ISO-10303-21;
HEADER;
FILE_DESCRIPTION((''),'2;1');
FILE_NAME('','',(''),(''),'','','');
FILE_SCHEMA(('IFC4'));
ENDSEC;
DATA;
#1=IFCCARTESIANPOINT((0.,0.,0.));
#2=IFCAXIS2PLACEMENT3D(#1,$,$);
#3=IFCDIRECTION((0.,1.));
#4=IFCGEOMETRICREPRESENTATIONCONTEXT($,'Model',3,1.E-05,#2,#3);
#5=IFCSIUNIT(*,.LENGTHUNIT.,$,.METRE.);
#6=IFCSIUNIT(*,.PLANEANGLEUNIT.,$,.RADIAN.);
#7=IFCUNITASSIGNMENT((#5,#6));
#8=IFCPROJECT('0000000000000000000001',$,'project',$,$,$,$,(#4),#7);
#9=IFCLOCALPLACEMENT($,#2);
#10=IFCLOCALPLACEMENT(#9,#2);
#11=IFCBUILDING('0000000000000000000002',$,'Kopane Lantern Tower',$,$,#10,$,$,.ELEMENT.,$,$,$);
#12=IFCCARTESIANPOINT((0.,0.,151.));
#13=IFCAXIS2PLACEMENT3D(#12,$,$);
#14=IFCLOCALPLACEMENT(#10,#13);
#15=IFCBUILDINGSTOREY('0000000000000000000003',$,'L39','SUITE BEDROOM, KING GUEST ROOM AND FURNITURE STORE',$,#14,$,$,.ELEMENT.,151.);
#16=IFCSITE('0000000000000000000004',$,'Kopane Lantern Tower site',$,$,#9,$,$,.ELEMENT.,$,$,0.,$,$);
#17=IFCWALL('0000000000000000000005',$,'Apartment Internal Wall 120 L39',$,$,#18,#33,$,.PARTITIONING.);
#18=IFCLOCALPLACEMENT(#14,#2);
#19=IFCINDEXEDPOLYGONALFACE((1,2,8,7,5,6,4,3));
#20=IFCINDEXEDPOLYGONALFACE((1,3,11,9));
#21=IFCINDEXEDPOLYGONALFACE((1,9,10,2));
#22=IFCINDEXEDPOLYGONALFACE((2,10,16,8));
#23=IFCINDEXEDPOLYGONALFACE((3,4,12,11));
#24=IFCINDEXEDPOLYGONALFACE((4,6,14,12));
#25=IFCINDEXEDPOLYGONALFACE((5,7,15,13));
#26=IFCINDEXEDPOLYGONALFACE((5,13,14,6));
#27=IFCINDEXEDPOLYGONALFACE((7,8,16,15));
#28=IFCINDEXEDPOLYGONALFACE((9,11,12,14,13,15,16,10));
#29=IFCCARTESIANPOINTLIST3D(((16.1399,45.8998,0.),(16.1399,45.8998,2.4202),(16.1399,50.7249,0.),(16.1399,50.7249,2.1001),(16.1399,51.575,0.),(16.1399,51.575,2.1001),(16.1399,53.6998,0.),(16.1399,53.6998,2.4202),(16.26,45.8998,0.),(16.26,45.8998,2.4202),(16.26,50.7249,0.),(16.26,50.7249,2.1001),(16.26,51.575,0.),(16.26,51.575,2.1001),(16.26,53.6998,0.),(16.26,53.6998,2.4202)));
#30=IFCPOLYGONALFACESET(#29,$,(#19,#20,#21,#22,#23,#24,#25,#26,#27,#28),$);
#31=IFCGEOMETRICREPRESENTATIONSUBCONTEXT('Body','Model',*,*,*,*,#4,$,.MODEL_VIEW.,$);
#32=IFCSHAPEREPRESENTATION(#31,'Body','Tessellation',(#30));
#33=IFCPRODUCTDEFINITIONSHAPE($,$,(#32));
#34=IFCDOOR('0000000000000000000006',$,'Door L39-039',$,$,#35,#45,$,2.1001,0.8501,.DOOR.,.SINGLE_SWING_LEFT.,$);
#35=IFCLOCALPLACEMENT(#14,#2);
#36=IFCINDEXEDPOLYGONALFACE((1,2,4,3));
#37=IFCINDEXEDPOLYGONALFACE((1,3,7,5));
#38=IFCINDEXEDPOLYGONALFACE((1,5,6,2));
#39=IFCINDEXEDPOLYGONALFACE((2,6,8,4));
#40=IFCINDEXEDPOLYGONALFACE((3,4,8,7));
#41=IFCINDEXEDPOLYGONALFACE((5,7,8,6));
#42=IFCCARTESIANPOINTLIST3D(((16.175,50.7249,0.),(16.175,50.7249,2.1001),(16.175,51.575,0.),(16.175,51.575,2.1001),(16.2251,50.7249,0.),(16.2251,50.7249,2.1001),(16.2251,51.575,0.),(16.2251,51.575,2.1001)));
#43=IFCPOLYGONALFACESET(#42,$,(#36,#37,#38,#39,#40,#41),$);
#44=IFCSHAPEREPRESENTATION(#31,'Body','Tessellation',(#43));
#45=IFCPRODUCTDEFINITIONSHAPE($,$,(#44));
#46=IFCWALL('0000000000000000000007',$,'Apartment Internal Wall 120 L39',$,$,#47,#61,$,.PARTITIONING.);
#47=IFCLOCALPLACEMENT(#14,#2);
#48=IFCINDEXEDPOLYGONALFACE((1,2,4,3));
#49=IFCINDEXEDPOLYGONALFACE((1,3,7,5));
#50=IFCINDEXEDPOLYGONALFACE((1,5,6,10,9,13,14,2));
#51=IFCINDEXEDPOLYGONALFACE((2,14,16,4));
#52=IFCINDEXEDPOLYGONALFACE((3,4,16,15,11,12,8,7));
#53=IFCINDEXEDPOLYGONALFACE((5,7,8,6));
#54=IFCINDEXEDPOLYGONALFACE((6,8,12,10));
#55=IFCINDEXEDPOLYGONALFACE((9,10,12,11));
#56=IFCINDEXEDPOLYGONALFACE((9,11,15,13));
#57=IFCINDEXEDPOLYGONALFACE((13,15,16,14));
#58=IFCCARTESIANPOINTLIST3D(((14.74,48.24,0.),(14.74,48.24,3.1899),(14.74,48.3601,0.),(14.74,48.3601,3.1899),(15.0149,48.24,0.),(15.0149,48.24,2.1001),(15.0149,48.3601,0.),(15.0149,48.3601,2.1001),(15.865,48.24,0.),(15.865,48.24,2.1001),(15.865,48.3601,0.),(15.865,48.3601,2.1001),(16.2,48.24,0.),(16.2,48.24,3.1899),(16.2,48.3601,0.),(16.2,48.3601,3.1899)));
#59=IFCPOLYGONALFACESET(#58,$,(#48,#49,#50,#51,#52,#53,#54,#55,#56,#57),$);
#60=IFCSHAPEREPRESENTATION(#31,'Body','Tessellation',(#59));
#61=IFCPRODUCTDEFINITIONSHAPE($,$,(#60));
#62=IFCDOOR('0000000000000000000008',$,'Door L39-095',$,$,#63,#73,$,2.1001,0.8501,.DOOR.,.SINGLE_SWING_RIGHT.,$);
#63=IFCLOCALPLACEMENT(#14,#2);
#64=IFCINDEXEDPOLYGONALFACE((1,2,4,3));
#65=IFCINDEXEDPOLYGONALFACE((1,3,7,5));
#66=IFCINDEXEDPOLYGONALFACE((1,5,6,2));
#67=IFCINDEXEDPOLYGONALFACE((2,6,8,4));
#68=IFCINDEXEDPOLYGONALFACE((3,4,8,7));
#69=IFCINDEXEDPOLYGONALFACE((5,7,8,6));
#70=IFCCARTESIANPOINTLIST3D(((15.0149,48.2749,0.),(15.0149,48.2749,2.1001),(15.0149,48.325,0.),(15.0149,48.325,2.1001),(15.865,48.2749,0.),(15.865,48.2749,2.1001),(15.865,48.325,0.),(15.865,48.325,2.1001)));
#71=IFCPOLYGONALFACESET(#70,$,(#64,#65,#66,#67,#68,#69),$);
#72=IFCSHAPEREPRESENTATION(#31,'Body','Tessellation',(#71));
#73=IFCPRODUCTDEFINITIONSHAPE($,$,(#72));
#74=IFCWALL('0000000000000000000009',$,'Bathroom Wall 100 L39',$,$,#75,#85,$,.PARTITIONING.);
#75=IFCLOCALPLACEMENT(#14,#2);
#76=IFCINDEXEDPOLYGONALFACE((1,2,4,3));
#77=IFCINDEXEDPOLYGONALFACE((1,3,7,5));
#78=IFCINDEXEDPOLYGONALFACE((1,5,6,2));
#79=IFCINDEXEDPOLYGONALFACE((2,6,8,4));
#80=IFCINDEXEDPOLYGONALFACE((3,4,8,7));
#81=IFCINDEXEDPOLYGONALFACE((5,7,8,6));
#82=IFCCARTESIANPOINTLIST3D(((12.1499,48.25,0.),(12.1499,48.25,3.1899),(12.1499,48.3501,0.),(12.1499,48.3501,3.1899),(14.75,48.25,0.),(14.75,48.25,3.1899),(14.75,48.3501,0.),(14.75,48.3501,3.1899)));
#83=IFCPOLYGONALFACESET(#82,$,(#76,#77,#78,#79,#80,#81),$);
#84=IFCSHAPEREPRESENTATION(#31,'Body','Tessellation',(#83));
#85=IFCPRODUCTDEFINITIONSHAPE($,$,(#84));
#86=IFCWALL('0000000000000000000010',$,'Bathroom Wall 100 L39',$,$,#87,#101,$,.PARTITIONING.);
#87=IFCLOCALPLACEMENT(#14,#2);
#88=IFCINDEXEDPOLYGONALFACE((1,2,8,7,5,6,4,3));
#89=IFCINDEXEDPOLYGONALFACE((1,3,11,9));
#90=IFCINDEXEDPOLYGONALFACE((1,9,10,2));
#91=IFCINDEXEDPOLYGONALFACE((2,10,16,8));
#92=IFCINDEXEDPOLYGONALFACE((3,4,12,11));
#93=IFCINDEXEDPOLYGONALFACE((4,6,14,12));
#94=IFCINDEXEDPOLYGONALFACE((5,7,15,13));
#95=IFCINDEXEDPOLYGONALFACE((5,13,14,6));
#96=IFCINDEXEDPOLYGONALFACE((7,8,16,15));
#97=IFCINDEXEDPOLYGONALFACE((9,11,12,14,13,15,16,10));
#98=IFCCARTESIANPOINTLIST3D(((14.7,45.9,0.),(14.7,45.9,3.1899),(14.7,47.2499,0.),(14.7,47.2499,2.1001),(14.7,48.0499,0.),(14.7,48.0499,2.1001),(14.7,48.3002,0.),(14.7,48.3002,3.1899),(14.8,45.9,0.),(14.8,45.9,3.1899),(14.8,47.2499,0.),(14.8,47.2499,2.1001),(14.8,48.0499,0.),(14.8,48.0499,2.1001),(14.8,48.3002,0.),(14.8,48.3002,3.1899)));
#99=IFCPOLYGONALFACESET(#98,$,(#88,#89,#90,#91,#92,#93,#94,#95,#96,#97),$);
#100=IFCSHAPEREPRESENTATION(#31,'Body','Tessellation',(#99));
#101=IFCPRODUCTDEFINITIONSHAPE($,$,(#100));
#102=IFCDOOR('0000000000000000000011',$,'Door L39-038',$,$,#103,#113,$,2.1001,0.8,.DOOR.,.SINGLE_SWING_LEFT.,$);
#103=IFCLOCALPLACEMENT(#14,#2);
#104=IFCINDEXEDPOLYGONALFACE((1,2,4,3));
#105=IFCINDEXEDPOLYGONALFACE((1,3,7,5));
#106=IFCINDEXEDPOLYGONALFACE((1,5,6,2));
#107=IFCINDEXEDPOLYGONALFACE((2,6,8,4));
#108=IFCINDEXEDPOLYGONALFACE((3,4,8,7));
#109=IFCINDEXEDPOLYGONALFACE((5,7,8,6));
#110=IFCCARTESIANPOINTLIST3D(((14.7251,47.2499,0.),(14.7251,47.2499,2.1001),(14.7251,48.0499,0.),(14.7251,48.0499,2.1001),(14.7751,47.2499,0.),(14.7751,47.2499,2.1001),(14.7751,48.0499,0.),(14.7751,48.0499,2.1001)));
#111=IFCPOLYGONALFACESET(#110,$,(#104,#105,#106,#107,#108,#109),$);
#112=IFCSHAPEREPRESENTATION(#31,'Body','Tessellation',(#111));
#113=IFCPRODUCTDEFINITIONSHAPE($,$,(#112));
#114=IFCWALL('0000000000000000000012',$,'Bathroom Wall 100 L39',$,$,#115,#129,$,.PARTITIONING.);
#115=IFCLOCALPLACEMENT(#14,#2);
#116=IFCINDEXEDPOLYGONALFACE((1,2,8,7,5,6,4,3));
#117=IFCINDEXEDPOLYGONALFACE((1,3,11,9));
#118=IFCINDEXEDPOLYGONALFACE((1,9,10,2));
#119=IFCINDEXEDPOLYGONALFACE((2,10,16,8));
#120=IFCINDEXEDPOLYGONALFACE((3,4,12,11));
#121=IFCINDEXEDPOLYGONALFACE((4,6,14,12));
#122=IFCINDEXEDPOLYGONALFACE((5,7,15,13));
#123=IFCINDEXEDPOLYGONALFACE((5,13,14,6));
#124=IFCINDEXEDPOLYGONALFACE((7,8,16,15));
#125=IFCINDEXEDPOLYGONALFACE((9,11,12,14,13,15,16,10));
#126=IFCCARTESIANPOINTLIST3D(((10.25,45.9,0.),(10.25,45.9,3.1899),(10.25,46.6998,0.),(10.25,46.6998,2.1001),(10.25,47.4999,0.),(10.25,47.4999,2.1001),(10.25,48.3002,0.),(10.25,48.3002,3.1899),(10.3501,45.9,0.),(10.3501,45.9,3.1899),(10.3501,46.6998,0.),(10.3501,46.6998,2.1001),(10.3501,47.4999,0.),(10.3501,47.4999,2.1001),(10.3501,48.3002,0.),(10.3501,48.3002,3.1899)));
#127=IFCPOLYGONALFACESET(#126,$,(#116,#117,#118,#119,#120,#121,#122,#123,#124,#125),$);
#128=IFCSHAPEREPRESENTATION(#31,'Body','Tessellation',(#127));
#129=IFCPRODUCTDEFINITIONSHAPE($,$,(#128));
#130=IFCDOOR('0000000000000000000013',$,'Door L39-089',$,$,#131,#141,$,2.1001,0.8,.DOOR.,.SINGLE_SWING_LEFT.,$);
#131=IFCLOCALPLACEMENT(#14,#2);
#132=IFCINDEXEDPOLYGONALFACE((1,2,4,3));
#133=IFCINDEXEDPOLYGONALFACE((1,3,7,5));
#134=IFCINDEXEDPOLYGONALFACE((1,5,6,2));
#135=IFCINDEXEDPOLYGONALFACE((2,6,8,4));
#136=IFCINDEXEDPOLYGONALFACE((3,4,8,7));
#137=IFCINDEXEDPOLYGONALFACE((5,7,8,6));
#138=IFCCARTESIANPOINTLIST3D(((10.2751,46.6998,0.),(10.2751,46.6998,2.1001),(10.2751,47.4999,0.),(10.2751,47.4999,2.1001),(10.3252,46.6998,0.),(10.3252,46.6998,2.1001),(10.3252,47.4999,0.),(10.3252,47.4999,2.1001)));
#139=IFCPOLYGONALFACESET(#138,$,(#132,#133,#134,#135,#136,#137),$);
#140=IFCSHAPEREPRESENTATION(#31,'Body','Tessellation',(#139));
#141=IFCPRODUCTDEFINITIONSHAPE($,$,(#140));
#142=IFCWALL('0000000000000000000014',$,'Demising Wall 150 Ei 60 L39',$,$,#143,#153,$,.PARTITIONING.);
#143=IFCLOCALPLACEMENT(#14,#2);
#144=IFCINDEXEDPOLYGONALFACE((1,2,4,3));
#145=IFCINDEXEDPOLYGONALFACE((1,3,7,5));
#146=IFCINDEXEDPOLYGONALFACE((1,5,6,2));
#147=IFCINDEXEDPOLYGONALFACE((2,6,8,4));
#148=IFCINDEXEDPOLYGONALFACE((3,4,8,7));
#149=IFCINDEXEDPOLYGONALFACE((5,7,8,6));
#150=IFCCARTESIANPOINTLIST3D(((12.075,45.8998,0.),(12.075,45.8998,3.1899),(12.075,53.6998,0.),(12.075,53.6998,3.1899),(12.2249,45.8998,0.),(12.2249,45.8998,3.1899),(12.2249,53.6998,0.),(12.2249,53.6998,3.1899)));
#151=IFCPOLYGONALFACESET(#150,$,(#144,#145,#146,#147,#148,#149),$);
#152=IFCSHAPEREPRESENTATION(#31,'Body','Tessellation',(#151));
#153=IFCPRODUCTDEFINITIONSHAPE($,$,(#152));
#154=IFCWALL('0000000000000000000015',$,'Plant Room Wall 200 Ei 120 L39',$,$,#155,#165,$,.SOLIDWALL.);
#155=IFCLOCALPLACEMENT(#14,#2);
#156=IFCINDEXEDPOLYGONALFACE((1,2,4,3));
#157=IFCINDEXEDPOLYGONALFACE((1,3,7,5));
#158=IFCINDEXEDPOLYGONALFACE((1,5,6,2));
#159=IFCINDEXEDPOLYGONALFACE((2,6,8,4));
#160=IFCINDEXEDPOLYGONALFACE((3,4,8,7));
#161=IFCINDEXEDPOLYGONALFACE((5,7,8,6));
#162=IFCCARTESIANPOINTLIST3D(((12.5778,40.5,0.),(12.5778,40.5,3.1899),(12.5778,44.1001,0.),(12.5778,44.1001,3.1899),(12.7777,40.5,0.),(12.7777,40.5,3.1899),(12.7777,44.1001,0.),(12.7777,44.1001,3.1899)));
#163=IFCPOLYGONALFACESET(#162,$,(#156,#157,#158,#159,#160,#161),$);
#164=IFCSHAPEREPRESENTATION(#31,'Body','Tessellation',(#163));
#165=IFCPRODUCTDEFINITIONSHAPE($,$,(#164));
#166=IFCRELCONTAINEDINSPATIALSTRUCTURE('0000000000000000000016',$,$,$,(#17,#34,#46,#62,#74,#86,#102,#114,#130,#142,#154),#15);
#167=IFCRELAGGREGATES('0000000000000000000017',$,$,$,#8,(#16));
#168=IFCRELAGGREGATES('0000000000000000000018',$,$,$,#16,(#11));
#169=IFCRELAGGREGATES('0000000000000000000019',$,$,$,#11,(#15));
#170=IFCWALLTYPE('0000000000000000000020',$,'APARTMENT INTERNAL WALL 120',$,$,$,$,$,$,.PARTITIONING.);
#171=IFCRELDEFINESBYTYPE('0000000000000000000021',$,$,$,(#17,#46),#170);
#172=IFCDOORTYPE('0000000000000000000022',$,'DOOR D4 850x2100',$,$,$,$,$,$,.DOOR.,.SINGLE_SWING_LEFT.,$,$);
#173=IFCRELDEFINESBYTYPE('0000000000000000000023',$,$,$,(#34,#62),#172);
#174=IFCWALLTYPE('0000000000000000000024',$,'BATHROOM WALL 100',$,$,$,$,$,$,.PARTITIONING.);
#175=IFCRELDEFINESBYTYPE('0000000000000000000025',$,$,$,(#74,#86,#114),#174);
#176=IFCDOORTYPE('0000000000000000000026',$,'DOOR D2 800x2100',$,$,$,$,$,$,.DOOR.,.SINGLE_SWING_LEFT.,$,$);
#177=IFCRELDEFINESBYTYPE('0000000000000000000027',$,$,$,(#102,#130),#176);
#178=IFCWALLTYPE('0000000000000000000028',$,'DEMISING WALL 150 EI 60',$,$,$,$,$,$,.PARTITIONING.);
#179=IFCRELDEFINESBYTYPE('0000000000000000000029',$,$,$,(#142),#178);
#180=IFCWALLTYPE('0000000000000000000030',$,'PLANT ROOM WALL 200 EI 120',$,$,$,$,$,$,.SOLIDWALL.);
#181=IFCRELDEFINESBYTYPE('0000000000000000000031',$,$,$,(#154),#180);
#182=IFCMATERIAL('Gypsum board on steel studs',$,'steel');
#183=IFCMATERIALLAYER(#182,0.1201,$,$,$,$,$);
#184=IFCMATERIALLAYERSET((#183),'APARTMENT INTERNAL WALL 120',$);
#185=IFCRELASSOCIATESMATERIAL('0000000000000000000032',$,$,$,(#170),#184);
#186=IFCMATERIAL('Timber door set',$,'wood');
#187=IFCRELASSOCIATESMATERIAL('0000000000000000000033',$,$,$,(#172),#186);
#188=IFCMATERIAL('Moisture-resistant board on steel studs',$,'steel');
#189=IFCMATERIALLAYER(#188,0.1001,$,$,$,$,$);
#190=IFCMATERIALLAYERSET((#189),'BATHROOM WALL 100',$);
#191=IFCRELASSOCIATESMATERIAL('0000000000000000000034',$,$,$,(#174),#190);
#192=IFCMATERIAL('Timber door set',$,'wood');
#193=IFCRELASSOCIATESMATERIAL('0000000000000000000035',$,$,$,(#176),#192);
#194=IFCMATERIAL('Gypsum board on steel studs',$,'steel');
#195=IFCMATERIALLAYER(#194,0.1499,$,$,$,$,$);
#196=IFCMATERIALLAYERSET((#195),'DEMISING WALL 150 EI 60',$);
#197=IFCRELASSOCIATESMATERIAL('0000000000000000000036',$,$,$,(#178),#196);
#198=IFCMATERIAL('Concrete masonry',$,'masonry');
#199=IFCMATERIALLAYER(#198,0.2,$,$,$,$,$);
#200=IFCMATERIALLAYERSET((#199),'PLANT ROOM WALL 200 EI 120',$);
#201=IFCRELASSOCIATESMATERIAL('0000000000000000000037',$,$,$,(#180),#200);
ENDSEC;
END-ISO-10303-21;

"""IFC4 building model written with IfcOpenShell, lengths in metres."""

from ifc_helpers import new_model, si_unit, direction, frame, frame_2d, origin, place, context, subcontext, project, spatial, rectangle, extrude, material, layer, layer_set, type_object, element, fill, save


model = new_model("IFC4")

# Units and contexts
model_context = context("Model", 3, precision=1e-05, world=origin(), true_north=direction((0.0, 1.0)))
body_context = subcontext(model_context, "Body", "Model", "MODEL_VIEW")
ifc_project = project(units=[si_unit("LENGTHUNIT", "METRE"), si_unit("PLANEANGLEUNIT", "RADIAN")], contexts=[model_context])

# Site, building, storey
site_placement = place(None, origin())
site = spatial("IfcSite", under=ifc_project, at=site_placement, Name="Kopane Lantern Tower site", CompositionType="ELEMENT", RefElevation=0.0)
building_placement = place(site_placement, origin())
building = spatial("IfcBuilding", under=site, at=building_placement, Name="Kopane Lantern Tower", CompositionType="ELEMENT")
storey_placement = place(building_placement, frame((0.0, 0.0, 151.0)))
storey = spatial("IfcBuildingStorey", under=building, at=storey_placement, Name="L39", Description="SUITE BEDROOM, KING GUEST ROOM AND FURNITURE STORE", CompositionType="ELEMENT", Elevation=151.0)

# Walls, openings, doors
ifc_material_1 = material(Name="Gypsum board on steel studs", Category="steel")
ifc_layer_1 = layer(ifc_material_1, 0.1201)
ifc_layer_set_1 = layer_set([ifc_layer_1], Name="APARTMENT INTERNAL WALL 120")
wall_type_1 = type_object("IfcWallType", Name="APARTMENT INTERNAL WALL 120", PredefinedType="PARTITIONING", material=ifc_layer_set_1)
wall_1_placement = place(storey_placement, frame((16.2, 45.8999, 0.0), z_axis=(0.0, 0.0, 1.0), x_axis=(0.0, 1.0, 0.0)))
wall_1 = element("IfcWall", 1, at=wall_1_placement, inside=storey, type_object=wall_type_1, Name="Apartment Internal Wall 120 L39", PredefinedType="PARTITIONING", context=body_context, shape_type="SweptSolid", body=[
    extrude(rectangle(XDim=7.8, YDim=0.1201, at=frame_2d((3.8999, 0.0))), origin(), (0.0, 0.0, 1.0), 2.4202),
])
opening_1_placement = place(wall_1_placement, frame((4.825, 0.0, 0.0)))
opening_1 = element("IfcOpeningElement", 2, at=opening_1_placement, cuts=wall_1, PredefinedType="OPENING", context=body_context, shape_type="SweptSolid", body=[
    extrude(rectangle(XDim=0.8501, YDim=2.1001, at=frame_2d((0.425, 1.05))), frame((0.0, 0.0701, 0.0), z_axis=(0.0, -1.0, 0.0), x_axis=(1.0, 0.0, 0.0)), (0.0, 0.0, 1.0), 0.1401),
])
ifc_material_2 = material(Name="Timber door set", Category="wood")
door_type_1 = type_object("IfcDoorType", Name="DOOR D4 850x2100", OperationType="SINGLE_SWING_LEFT", PredefinedType="DOOR", material=ifc_material_2)
door_1_placement = place(opening_1_placement, origin())
door_1 = element("IfcDoor", 3, at=door_1_placement, inside=storey, type_object=door_type_1, Name="Door L39-039", OperationType="SINGLE_SWING_LEFT", OverallHeight=2.1001, OverallWidth=0.8501, PredefinedType="DOOR", context=body_context, shape_type="SweptSolid", body=[
    extrude(rectangle(XDim=0.8501, YDim=2.1001, at=frame_2d((0.425, 1.05))), frame((0.0, 0.0249, 0.0), z_axis=(0.0, -1.0, 0.0), x_axis=(1.0, 0.0, 0.0)), (0.0, 0.0, 1.0), 0.05),
])
fill(opening_1, door_1)
wall_2_placement = place(storey_placement, frame((14.74, 48.3, 0.0), z_axis=(0.0, 0.0, 1.0), x_axis=(1.0, 0.0, 0.0)))
wall_2 = element("IfcWall", 4, at=wall_2_placement, inside=storey, type_object=wall_type_1, Name="Apartment Internal Wall 120 L39", PredefinedType="PARTITIONING", context=body_context, shape_type="SweptSolid", body=[
    extrude(rectangle(XDim=1.46, YDim=0.1201, at=frame_2d((0.73, 0.0))), origin(), (0.0, 0.0, 1.0), 3.1899),
])
opening_2_placement = place(wall_2_placement, frame((0.2749, 0.0, 0.0)))
opening_2 = element("IfcOpeningElement", 5, at=opening_2_placement, cuts=wall_2, PredefinedType="OPENING", context=body_context, shape_type="SweptSolid", body=[
    extrude(rectangle(XDim=0.8501, YDim=2.1001, at=frame_2d((0.425, 1.05))), frame((0.0, 0.0701, 0.0), z_axis=(0.0, -1.0, 0.0), x_axis=(1.0, 0.0, 0.0)), (0.0, 0.0, 1.0), 0.1401),
])
door_2_placement = place(opening_2_placement, origin())
door_2 = element("IfcDoor", 6, at=door_2_placement, inside=storey, type_object=door_type_1, Name="Door L39-095", OperationType="SINGLE_SWING_RIGHT", OverallHeight=2.1001, OverallWidth=0.8501, PredefinedType="DOOR", context=body_context, shape_type="SweptSolid", body=[
    extrude(rectangle(XDim=0.8501, YDim=2.1001, at=frame_2d((0.425, 1.05))), frame((0.0, 0.0249, 0.0), z_axis=(0.0, -1.0, 0.0), x_axis=(1.0, 0.0, 0.0)), (0.0, 0.0, 1.0), 0.05),
])
fill(opening_2, door_2)

# Wall
ifc_material_3 = material(Name="Moisture-resistant board on steel studs", Category="steel")
ifc_layer_2 = layer(ifc_material_3, 0.1001)
ifc_layer_set_2 = layer_set([ifc_layer_2], Name="BATHROOM WALL 100")
wall_type_2 = type_object("IfcWallType", Name="BATHROOM WALL 100", PredefinedType="PARTITIONING", material=ifc_layer_set_2)
wall_3_placement = place(storey_placement, frame((12.1499, 48.3, 0.0), z_axis=(0.0, 0.0, 1.0), x_axis=(1.0, 0.0, 0.0)))
element("IfcWall", 7, at=wall_3_placement, inside=storey, type_object=wall_type_2, Name="Bathroom Wall 100 L39", PredefinedType="PARTITIONING", context=body_context, shape_type="SweptSolid", body=[
    extrude(rectangle(XDim=2.6001, YDim=0.1001, at=frame_2d((1.3, 0.0))), origin(), (0.0, 0.0, 1.0), 3.1899),
])

# Walls, openings, doors
wall_4_placement = place(storey_placement, frame((14.75, 45.8999, 0.0), z_axis=(0.0, 0.0, 1.0), x_axis=(0.0, 1.0, 0.0)))
wall_4 = element("IfcWall", 8, at=wall_4_placement, inside=storey, type_object=wall_type_2, Name="Bathroom Wall 100 L39", PredefinedType="PARTITIONING", context=body_context, shape_type="SweptSolid", body=[
    extrude(rectangle(XDim=2.4001, YDim=0.1001, at=frame_2d((1.2002, 0.0))), origin(), (0.0, 0.0, 1.0), 3.1899),
])
opening_3_placement = place(wall_4_placement, frame((1.3501, 0.0, 0.0)))
opening_3 = element("IfcOpeningElement", 9, at=opening_3_placement, cuts=wall_4, PredefinedType="OPENING", context=body_context, shape_type="SweptSolid", body=[
    extrude(rectangle(XDim=0.8, YDim=2.1001, at=frame_2d((0.3999, 1.05))), frame((0.0, 0.0601, 0.0), z_axis=(0.0, -1.0, 0.0), x_axis=(1.0, 0.0, 0.0)), (0.0, 0.0, 1.0), 0.1201),
])
ifc_material_4 = material(Name="Timber door set", Category="wood")
door_type_2 = type_object("IfcDoorType", Name="DOOR D2 800x2100", OperationType="SINGLE_SWING_LEFT", PredefinedType="DOOR", material=ifc_material_4)
door_3_placement = place(opening_3_placement, origin())
door_3 = element("IfcDoor", 10, at=door_3_placement, inside=storey, type_object=door_type_2, Name="Door L39-038", OperationType="SINGLE_SWING_LEFT", OverallHeight=2.1001, OverallWidth=0.8, PredefinedType="DOOR", context=body_context, shape_type="SweptSolid", body=[
    extrude(rectangle(XDim=0.8, YDim=2.1001, at=frame_2d((0.3999, 1.05))), frame((0.0, 0.0249, 0.0), z_axis=(0.0, -1.0, 0.0), x_axis=(1.0, 0.0, 0.0)), (0.0, 0.0, 1.0), 0.05),
])
fill(opening_3, door_3)
wall_5_placement = place(storey_placement, frame((10.3, 45.8999, 0.0), z_axis=(0.0, 0.0, 1.0), x_axis=(0.0, 1.0, 0.0)))
wall_5 = element("IfcWall", 11, at=wall_5_placement, inside=storey, type_object=wall_type_2, Name="Bathroom Wall 100 L39", PredefinedType="PARTITIONING", context=body_context, shape_type="SweptSolid", body=[
    extrude(rectangle(XDim=2.4001, YDim=0.1001, at=frame_2d((1.2002, 0.0))), origin(), (0.0, 0.0, 1.0), 3.1899),
])
opening_4_placement = place(wall_5_placement, frame((0.8, 0.0, 0.0)))
opening_4 = element("IfcOpeningElement", 12, at=opening_4_placement, cuts=wall_5, PredefinedType="OPENING", context=body_context, shape_type="SweptSolid", body=[
    extrude(rectangle(XDim=0.8, YDim=2.1001, at=frame_2d((0.3999, 1.05))), frame((0.0, 0.0601, 0.0), z_axis=(0.0, -1.0, 0.0), x_axis=(1.0, 0.0, 0.0)), (0.0, 0.0, 1.0), 0.1201),
])
door_4_placement = place(opening_4_placement, origin())
door_4 = element("IfcDoor", 13, at=door_4_placement, inside=storey, type_object=door_type_2, Name="Door L39-089", OperationType="SINGLE_SWING_LEFT", OverallHeight=2.1001, OverallWidth=0.8, PredefinedType="DOOR", context=body_context, shape_type="SweptSolid", body=[
    extrude(rectangle(XDim=0.8, YDim=2.1001, at=frame_2d((0.3999, 1.05))), frame((0.0, 0.0249, 0.0), z_axis=(0.0, -1.0, 0.0), x_axis=(1.0, 0.0, 0.0)), (0.0, 0.0, 1.0), 0.05),
])
fill(opening_4, door_4)

# Walls
ifc_material_5 = material(Name="Gypsum board on steel studs", Category="steel")
ifc_layer_3 = layer(ifc_material_5, 0.1499)
ifc_layer_set_3 = layer_set([ifc_layer_3], Name="DEMISING WALL 150 EI 60")
wall_type_3 = type_object("IfcWallType", Name="DEMISING WALL 150 EI 60", PredefinedType="PARTITIONING", material=ifc_layer_set_3)
wall_6_placement = place(storey_placement, frame((12.1499, 45.8999, 0.0), z_axis=(0.0, 0.0, 1.0), x_axis=(0.0, 1.0, 0.0)))
element("IfcWall", 14, at=wall_6_placement, inside=storey, type_object=wall_type_3, Name="Demising Wall 150 Ei 60 L39", PredefinedType="PARTITIONING", context=body_context, shape_type="SweptSolid", body=[
    extrude(rectangle(XDim=7.8, YDim=0.1499, at=frame_2d((3.8999, 0.0))), origin(), (0.0, 0.0, 1.0), 3.1899),
])
ifc_material_6 = material(Name="Concrete masonry", Category="masonry")
ifc_layer_4 = layer(ifc_material_6, 0.2)
ifc_layer_set_4 = layer_set([ifc_layer_4], Name="PLANT ROOM WALL 200 EI 120")
wall_type_4 = type_object("IfcWallType", Name="PLANT ROOM WALL 200 EI 120", PredefinedType="SOLIDWALL", material=ifc_layer_set_4)
wall_7_placement = place(storey_placement, frame((12.6777, 44.1001, 0.0), z_axis=(0.0, 0.0, 1.0), x_axis=(0.0, -1.0, 0.0)))
element("IfcWall", 15, at=wall_7_placement, inside=storey, type_object=wall_type_4, Name="Plant Room Wall 200 Ei 120 L39", PredefinedType="SOLIDWALL", context=body_context, shape_type="SweptSolid", body=[
    extrude(rectangle(XDim=3.6001, YDim=0.2, at=frame_2d((1.8, 0.0))), origin(), (0.0, 0.0, 1.0), 3.1899),
])

save(model, "model.ifc")
